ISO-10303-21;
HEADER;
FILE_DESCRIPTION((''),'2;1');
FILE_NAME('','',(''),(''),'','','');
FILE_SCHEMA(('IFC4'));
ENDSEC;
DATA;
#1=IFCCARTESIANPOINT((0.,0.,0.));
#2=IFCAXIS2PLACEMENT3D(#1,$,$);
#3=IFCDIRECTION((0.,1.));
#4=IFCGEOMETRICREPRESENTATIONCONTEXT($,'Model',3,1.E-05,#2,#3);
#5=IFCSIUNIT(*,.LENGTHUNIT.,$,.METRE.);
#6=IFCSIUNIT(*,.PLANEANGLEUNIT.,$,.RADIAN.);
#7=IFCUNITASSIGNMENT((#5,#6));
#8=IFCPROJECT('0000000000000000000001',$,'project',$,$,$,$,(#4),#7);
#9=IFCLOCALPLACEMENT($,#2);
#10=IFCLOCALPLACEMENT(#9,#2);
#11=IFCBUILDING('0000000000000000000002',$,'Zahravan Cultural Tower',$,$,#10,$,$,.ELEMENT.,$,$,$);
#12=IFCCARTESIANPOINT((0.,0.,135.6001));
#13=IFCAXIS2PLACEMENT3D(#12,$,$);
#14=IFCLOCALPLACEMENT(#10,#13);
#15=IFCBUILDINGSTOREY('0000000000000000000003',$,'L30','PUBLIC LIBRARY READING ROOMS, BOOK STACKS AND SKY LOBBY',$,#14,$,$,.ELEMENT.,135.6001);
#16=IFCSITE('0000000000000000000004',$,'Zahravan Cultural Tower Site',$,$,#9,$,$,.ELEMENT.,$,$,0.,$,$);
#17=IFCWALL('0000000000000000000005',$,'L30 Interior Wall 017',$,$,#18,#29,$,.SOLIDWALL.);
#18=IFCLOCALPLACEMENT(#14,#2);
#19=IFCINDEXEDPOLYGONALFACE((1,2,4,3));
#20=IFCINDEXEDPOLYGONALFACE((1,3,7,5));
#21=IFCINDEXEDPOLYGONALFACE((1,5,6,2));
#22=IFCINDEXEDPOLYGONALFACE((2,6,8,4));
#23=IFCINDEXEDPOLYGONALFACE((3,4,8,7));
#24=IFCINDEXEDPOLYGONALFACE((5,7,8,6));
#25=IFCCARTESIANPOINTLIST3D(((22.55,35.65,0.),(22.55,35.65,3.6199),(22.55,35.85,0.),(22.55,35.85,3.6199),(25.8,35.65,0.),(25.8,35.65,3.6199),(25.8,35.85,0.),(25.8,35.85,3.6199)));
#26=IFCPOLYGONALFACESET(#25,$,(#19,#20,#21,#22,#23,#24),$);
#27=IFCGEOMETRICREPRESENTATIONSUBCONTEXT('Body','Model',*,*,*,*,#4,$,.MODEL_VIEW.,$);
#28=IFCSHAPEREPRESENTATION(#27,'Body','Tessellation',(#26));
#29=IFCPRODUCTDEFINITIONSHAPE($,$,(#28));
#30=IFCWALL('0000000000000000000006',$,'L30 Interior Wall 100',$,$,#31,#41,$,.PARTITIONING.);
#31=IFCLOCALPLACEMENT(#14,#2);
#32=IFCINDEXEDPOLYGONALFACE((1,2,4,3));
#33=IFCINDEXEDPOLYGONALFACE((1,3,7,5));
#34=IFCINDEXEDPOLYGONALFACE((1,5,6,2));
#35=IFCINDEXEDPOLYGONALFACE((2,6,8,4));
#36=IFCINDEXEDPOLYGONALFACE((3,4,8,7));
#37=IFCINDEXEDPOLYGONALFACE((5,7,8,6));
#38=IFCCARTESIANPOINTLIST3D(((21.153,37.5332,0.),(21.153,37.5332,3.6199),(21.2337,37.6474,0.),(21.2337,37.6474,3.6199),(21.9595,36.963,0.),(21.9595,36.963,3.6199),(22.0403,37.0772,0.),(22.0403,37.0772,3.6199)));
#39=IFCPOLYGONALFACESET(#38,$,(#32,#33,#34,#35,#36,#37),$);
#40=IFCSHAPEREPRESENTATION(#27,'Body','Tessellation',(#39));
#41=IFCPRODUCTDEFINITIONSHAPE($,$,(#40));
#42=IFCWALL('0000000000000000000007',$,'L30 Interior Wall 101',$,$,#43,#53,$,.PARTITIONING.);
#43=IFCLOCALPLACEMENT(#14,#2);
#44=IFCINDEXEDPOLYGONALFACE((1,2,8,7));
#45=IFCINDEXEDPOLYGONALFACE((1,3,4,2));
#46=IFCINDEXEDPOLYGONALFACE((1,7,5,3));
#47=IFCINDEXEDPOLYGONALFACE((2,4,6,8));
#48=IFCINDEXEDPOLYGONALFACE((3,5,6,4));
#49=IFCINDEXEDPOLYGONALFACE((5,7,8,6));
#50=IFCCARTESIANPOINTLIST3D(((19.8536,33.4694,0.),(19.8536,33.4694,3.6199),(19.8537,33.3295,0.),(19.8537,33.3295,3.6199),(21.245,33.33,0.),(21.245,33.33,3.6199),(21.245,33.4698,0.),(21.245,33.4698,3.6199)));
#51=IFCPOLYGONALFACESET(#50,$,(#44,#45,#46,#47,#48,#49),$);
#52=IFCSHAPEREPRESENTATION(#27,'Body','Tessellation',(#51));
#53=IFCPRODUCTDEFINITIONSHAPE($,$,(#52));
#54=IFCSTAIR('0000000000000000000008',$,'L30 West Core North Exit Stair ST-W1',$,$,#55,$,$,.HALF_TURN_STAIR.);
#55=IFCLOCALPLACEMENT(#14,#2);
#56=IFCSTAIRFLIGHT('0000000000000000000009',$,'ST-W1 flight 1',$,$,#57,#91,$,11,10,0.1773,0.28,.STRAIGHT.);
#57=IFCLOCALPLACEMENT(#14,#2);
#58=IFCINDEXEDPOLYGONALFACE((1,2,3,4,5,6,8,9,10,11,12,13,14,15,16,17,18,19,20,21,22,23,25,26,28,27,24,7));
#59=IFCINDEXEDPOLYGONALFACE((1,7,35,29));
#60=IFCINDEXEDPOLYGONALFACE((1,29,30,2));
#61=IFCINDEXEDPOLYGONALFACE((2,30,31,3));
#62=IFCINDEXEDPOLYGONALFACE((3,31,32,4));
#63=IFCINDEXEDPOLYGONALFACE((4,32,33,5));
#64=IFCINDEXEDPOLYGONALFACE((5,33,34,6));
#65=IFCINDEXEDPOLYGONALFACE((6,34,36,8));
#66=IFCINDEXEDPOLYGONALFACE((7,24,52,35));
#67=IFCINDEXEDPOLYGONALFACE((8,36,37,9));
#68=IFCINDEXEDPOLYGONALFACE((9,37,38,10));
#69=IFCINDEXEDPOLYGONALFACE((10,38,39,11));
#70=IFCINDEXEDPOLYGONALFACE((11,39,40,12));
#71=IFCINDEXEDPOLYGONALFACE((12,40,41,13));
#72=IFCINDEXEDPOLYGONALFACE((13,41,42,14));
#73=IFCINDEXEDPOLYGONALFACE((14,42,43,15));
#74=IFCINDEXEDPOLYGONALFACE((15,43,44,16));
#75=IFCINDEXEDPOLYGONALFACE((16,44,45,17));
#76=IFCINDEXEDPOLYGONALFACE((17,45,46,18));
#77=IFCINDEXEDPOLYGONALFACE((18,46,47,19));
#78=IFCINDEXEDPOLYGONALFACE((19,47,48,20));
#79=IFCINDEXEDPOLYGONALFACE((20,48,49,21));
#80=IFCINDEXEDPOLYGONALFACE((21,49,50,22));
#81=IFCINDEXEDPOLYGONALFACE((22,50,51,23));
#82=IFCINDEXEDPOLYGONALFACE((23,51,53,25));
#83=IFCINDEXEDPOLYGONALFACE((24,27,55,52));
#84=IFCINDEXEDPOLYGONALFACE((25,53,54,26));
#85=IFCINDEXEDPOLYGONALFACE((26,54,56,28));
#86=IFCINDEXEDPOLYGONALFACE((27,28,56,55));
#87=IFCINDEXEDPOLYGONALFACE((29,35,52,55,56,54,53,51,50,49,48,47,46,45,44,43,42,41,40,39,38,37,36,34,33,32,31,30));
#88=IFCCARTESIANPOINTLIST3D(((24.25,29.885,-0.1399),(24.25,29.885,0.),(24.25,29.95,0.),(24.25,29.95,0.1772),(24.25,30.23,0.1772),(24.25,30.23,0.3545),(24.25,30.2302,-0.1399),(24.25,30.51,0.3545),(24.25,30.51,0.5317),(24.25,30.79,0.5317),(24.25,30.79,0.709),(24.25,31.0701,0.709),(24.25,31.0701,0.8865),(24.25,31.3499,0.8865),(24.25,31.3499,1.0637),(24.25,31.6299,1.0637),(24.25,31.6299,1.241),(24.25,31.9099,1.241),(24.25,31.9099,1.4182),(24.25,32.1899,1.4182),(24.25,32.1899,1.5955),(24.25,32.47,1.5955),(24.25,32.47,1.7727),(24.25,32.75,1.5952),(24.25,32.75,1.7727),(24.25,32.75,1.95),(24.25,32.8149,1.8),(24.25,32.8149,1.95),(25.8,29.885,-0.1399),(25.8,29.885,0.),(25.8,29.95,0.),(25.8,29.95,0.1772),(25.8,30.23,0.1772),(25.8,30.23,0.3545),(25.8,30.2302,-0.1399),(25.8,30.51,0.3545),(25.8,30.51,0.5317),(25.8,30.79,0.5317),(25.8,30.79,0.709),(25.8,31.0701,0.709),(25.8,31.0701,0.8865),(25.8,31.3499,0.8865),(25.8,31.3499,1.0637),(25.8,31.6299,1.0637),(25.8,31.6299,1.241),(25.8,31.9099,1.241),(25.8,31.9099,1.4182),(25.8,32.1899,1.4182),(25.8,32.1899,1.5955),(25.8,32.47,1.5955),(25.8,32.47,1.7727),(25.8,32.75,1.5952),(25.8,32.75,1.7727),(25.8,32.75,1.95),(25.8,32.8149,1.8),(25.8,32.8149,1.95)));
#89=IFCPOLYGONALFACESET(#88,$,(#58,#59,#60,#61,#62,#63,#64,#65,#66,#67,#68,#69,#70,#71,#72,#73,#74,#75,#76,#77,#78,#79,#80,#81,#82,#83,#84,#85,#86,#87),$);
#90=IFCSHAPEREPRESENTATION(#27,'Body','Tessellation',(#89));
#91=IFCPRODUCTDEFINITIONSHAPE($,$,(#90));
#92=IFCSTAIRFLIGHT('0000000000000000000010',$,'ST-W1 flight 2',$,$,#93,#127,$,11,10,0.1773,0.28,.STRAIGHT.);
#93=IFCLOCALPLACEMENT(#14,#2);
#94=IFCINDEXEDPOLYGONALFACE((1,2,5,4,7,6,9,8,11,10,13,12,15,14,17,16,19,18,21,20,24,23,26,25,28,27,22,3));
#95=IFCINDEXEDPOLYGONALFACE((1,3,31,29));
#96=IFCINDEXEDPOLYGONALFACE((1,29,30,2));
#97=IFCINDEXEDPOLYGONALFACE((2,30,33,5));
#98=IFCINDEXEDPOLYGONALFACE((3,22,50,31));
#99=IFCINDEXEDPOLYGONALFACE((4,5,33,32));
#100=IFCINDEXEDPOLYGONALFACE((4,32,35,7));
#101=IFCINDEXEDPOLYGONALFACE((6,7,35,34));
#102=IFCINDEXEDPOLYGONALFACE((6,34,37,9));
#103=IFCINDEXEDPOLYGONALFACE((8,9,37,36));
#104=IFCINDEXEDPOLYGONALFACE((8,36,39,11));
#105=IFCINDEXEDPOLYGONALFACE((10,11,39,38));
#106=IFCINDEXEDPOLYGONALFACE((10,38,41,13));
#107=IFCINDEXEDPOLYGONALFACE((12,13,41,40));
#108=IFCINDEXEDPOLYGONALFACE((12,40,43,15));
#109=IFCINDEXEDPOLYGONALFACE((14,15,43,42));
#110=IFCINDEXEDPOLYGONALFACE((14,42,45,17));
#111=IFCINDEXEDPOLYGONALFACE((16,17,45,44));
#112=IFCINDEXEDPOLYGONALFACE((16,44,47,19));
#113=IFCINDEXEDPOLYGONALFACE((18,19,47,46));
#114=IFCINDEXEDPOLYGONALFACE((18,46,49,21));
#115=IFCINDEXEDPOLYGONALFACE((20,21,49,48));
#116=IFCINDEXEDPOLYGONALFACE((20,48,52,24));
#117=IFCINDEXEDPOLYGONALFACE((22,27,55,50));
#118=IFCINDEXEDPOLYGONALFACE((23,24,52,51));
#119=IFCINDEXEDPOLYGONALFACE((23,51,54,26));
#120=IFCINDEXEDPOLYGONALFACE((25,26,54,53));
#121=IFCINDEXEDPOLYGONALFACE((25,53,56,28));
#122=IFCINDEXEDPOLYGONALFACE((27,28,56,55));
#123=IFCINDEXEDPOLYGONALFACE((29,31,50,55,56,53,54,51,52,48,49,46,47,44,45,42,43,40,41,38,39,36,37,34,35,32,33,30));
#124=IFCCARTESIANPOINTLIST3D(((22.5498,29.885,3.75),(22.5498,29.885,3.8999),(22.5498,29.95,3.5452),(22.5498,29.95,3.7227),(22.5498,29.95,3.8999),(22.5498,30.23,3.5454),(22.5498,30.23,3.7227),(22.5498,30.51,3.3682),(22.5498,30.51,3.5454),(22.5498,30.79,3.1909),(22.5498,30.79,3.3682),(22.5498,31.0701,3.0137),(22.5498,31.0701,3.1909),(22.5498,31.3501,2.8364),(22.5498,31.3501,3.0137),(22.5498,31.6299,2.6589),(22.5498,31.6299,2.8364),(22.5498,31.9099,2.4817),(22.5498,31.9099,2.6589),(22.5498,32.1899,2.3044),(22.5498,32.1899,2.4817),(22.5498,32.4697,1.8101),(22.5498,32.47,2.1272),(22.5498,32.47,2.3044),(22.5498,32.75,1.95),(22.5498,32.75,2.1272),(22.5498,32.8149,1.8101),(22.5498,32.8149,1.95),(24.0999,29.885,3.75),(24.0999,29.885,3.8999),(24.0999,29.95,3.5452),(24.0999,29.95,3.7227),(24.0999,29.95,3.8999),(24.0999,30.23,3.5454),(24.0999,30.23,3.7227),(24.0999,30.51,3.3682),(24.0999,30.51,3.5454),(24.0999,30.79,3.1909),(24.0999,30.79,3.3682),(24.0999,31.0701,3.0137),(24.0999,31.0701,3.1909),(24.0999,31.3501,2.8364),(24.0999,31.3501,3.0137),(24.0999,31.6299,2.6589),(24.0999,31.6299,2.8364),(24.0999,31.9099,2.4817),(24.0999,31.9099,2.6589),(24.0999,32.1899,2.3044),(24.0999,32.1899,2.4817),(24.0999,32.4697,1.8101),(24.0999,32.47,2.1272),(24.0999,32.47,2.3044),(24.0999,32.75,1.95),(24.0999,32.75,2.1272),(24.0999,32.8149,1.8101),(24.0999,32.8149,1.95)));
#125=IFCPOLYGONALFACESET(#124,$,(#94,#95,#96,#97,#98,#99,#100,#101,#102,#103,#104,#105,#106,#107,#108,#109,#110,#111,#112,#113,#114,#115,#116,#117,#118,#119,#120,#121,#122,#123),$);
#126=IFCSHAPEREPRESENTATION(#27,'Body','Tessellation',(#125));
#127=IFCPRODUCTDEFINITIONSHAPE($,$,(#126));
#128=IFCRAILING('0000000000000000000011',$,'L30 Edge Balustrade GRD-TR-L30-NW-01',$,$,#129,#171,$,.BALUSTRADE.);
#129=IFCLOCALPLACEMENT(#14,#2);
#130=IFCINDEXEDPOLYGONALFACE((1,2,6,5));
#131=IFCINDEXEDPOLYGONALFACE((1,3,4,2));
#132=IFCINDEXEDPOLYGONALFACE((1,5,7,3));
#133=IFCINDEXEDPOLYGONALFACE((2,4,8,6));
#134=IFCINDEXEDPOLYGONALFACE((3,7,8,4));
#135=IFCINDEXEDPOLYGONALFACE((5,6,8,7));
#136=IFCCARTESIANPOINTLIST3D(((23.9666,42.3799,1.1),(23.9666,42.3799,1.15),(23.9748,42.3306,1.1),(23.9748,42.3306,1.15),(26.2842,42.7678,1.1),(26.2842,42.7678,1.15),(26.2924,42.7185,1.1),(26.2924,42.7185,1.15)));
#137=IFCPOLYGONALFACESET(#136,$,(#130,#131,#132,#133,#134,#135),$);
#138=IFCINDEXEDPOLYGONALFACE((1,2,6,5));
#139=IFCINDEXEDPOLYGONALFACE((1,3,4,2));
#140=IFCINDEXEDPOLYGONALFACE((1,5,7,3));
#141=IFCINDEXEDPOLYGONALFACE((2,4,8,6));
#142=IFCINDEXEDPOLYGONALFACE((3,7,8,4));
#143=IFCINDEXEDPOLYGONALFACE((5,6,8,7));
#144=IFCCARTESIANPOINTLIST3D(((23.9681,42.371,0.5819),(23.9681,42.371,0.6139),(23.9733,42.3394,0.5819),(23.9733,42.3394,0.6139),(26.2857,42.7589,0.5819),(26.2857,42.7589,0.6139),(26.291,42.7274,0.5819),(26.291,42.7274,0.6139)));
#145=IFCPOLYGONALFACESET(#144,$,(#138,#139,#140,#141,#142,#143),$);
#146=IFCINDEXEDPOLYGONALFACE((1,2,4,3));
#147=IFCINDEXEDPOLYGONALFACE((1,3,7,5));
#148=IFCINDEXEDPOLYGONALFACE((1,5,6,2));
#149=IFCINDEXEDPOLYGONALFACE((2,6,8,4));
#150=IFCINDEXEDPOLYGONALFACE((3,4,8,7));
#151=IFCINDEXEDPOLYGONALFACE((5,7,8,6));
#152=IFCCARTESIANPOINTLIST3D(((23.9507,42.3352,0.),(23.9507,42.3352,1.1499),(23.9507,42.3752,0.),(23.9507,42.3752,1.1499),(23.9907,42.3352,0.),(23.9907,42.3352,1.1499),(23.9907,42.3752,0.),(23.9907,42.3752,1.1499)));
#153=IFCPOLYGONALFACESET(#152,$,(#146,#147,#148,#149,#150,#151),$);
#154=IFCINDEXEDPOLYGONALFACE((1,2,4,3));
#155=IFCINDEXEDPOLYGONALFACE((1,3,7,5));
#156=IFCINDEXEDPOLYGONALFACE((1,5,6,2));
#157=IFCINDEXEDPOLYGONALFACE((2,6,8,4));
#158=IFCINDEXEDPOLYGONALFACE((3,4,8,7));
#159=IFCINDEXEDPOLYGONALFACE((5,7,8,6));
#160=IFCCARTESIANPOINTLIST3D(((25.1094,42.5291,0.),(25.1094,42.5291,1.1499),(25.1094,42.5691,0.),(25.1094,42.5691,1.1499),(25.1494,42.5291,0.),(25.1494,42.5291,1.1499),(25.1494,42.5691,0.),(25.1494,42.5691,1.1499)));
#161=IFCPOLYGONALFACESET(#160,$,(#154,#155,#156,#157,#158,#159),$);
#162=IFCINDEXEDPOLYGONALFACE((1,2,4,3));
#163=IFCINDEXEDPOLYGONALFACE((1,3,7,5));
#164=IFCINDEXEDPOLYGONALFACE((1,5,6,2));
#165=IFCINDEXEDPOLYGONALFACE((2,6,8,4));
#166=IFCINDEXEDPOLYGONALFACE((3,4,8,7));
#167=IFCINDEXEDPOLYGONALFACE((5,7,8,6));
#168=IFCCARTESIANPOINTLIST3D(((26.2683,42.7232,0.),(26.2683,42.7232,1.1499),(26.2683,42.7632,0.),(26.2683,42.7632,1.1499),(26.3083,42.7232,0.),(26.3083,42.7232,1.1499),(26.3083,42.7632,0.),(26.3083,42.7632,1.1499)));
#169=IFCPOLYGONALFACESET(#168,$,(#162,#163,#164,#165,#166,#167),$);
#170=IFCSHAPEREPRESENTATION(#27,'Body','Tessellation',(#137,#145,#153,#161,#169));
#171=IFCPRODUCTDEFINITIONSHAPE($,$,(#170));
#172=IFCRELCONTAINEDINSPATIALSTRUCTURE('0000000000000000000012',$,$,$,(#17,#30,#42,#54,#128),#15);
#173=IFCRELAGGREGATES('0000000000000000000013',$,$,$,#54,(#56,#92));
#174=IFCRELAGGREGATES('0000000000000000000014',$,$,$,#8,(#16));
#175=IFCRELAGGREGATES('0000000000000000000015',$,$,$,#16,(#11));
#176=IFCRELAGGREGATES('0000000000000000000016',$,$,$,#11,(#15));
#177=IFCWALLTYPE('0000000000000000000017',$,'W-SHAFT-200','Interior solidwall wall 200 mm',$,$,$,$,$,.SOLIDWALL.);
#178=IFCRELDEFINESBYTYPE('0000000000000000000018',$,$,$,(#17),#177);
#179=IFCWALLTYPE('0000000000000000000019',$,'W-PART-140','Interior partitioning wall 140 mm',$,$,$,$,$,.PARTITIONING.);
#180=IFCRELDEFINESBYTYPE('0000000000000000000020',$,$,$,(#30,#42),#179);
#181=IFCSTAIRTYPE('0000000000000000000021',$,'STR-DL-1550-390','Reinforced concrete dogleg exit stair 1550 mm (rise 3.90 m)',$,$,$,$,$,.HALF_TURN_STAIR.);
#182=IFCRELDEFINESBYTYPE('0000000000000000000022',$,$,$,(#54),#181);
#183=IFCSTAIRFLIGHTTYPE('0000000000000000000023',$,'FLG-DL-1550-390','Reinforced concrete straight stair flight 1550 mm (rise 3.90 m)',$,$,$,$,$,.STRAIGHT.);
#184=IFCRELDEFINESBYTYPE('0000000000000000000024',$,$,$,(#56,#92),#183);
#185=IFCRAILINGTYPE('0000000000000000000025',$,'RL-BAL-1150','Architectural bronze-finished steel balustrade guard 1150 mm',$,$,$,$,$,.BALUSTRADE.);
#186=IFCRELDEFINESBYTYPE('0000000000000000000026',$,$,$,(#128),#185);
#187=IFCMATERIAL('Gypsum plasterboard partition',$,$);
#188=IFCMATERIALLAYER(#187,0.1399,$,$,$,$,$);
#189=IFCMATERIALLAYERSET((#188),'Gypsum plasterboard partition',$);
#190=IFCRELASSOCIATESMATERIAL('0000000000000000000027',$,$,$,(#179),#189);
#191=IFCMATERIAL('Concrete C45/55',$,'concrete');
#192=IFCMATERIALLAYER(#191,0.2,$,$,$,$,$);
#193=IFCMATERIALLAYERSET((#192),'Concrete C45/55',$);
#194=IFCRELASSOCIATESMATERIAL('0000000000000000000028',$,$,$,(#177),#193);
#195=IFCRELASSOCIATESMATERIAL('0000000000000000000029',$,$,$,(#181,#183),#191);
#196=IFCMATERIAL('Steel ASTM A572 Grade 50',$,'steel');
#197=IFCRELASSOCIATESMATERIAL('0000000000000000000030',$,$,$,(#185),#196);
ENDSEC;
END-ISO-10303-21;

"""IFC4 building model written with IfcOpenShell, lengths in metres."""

from ifc_helpers import new_model, si_unit, direction, frame, frame_2d, origin, origin_2d, place, context, subcontext, project, spatial, polyline, rectangle, outline, extrude, source, transform, mapped, material, layer, layer_set, type_object, element, aggregate, save


model = new_model("IFC4")

# Units and contexts
model_context = context("Model", 3, precision=1e-05, world=origin(), true_north=direction((0.0, 1.0)))
body_context = subcontext(model_context, "Body", "Model", "MODEL_VIEW")
ifc_project = project(units=[si_unit("LENGTHUNIT", "METRE"), si_unit("PLANEANGLEUNIT", "RADIAN")], contexts=[model_context])

# Site, building, storey
site_placement = place(None, origin())
site = spatial("IfcSite", under=ifc_project, at=site_placement, Name="Zahravan Cultural Tower Site", CompositionType="ELEMENT", RefElevation=0.0)
building_placement = place(site_placement, origin())
building = spatial("IfcBuilding", under=site, at=building_placement, Name="Zahravan Cultural Tower", CompositionType="ELEMENT")
storey_placement = place(building_placement, frame((0.0, 0.0, 135.6001)))
storey = spatial("IfcBuildingStorey", under=building, at=storey_placement, Name="L30", Description="PUBLIC LIBRARY READING ROOMS, BOOK STACKS AND SKY LOBBY", CompositionType="ELEMENT", Elevation=135.6001)

# Shared definitions
ifc_material_1 = material(Name="Gypsum plasterboard partition")
ifc_layer_1 = layer(ifc_material_1, 0.1399)
ifc_layer_set_1 = layer_set([ifc_layer_1], Name="Gypsum plasterboard partition")
wall_type_1 = type_object("IfcWallType", Name="W-PART-140", Description="Interior partitioning wall 140 mm", PredefinedType="PARTITIONING", material=ifc_layer_set_1)

# Walls
ifc_material_2 = material(Name="Concrete C45/55", Category="concrete")
ifc_layer_2 = layer(ifc_material_2, 0.2)
ifc_layer_set_2 = layer_set([ifc_layer_2], Name="Concrete C45/55")
wall_type_2 = type_object("IfcWallType", Name="W-SHAFT-200", Description="Interior solidwall wall 200 mm", PredefinedType="SOLIDWALL", material=ifc_layer_set_2)
shared_shape_1 = source(origin(), body_context, "Body", "SweptSolid", [
    extrude(rectangle(XDim=3.25, YDim=0.2, at=frame_2d((1.625, 0.0))), origin(), (0.0, 0.0, 1.0), 3.6199),
])
wall_1_placement = place(storey_placement, frame((22.55, 35.75, 0.0), z_axis=(0.0, 0.0, 1.0), x_axis=(1.0, 0.0, 0.0)))
element("IfcWall", 1, at=wall_1_placement, inside=storey, type_object=wall_type_2, Name="L30 Interior Wall 017", PredefinedType="SOLIDWALL", context=body_context, shape_type="MappedRepresentation", body=[
    mapped(shared_shape_1, transform((0.0, 0.0, 0.0), x_axis=(1.0, 0.0, 0.0), y_axis=(0.0, 1.0, 0.0), z_axis=(0.0, 0.0, 1.0), scale=1.0)),
])
shared_shape_2 = source(origin(), body_context, "Body", "SweptSolid", [
    extrude(rectangle(XDim=0.9878, YDim=0.1399, at=frame_2d((0.4939, 0.0))), origin(), (0.0, 0.0, 1.0), 3.6199),
])
wall_2_placement = place(storey_placement, frame((21.1934, 37.5903, 0.0), z_axis=(0.0, 0.0, 1.0), x_axis=(0.816529, -0.577304, 0.0)))
element("IfcWall", 2, at=wall_2_placement, inside=storey, type_object=wall_type_1, Name="L30 Interior Wall 100", PredefinedType="PARTITIONING", context=body_context, shape_type="MappedRepresentation", body=[
    mapped(shared_shape_2, transform((0.0, 0.0, 0.0), x_axis=(1.0, 0.0, 0.0), y_axis=(0.0, 1.0, 0.0), z_axis=(0.0, 0.0, 1.0), scale=1.0)),
])
shared_shape_3 = source(origin(), body_context, "Body", "SweptSolid", [
    extrude(rectangle(XDim=1.3914, YDim=0.1399, at=frame_2d((0.6958, 0.0))), origin(), (0.0, 0.0, 1.0), 3.6199),
])
wall_3_placement = place(storey_placement, frame((21.2451, 33.3999, 0.0), z_axis=(0.0, 0.0, 1.0), x_axis=(-1.0, -0.000351, 0.0)))
element("IfcWall", 3, at=wall_3_placement, inside=storey, type_object=wall_type_1, Name="L30 Interior Wall 101", PredefinedType="PARTITIONING", context=body_context, shape_type="MappedRepresentation", body=[
    mapped(shared_shape_3, transform((0.0, 0.0, 0.0), x_axis=(1.0, 0.0, 0.0), y_axis=(0.0, 1.0, 0.0), z_axis=(0.0, 0.0, 1.0), scale=1.0)),
])

# Stair, stair flights
stair_type = type_object("IfcStairType", Name="STR-DL-1550-390", Description="Reinforced concrete dogleg exit stair 1550 mm (rise 3.90 m)", PredefinedType="HALF_TURN_STAIR", material=ifc_material_2)
stair_placement = place(storey_placement, origin())
stair = element("IfcStair", 4, at=stair_placement, inside=storey, type_object=stair_type, Name="L30 West Core North Exit Stair ST-W1", PredefinedType="HALF_TURN_STAIR")
stair_flight_type = type_object("IfcStairFlightType", Name="FLG-DL-1550-390", Description="Reinforced concrete straight stair flight 1550 mm (rise 3.90 m)", PredefinedType="STRAIGHT", material=ifc_material_2)
stair_flight_1_placement = place(storey_placement, frame((25.0249, 29.95, 0.0), z_axis=(0.0, 0.0, 1.0), x_axis=(0.0, 1.0, 0.0)))
stair_flight_1 = element("IfcStairFlight", 5, at=stair_flight_1_placement, type_object=stair_flight_type, Name="ST-W1 flight 1", NumberOfRisers=11, NumberOfTreads=10, PredefinedType="STRAIGHT", RiserHeight=0.1773, TreadLength=0.28, context=body_context, shape_type="SweptSolid", body=[
    extrude(outline(polyline([(-0.0649, -0.1399), (-0.0649, 0.0), (0.0, 0.0), (0.0, 0.1772), (0.28, 0.1772), (0.28, 0.3545), (0.5601, 0.3545), (0.5601, 0.5317), (0.8401, 0.5317), (0.8401, 0.709), (1.1201, 0.709), (1.1201, 0.8865), (1.3999, 0.8865), (1.3999, 1.0637), (1.6799, 1.0637), (1.6799, 1.241), (1.96, 1.241), (1.96, 1.4182), (2.24, 1.4182), (2.24, 1.5955), (2.52, 1.5955), (2.52, 1.7727), (2.8, 1.7727), (2.8, 1.95), (2.865, 1.95), (2.865, 1.8), (2.8, 1.5952), (0.2803, -0.1399), (-0.0649, -0.1399)])), frame((0.0, 0.7749, 0.0), z_axis=(0.0, -1.0, 0.0), x_axis=(1.0, 0.0, 0.0)), (0.0, 0.0, 1.0), 1.55),
])
stair_flight_2_placement = place(storey_placement, frame((23.325, 32.75, 1.95), z_axis=(0.0, 0.0, 1.0), x_axis=(0.0, -1.0, 0.0)))
stair_flight_2 = element("IfcStairFlight", 6, at=stair_flight_2_placement, type_object=stair_flight_type, Name="ST-W1 flight 2", NumberOfRisers=11, NumberOfTreads=10, PredefinedType="STRAIGHT", RiserHeight=0.1773, TreadLength=0.28, context=body_context, shape_type="SweptSolid", body=[
    extrude(outline(polyline([(-0.0649, -0.1399), (-0.0649, 0.0), (0.0, 0.0), (0.0, 0.1772), (0.28, 0.1772), (0.28, 0.3545), (0.5601, 0.3545), (0.5601, 0.5317), (0.8401, 0.5317), (0.8401, 0.709), (1.1201, 0.709), (1.1201, 0.8865), (1.3999, 0.8865), (1.3999, 1.0637), (1.6799, 1.0637), (1.6799, 1.241), (1.96, 1.241), (1.96, 1.4182), (2.24, 1.4182), (2.24, 1.5955), (2.52, 1.5955), (2.52, 1.7727), (2.8, 1.7727), (2.8, 1.95), (2.865, 1.95), (2.865, 1.8), (2.8, 1.5952), (0.2803, -0.1399), (-0.0649, -0.1399)])), frame((0.0, 0.7749, 0.0), z_axis=(0.0, -1.0, 0.0), x_axis=(1.0, 0.0, 0.0)), (0.0, 0.0, 1.0), 1.55),
])
aggregate(stair, [stair_flight_1, stair_flight_2])

# Railing
ifc_material_3 = material(Name="Steel ASTM A572 Grade 50", Category="steel")
railing_type_1 = type_object("IfcRailingType", Name="RL-BAL-1150", Description="Architectural bronze-finished steel balustrade guard 1150 mm", PredefinedType="BALUSTRADE", material=ifc_material_3)
railing_1_placement = place(storey_placement, frame((23.9707, 42.3552, 0.0)))
element("IfcRailing", 7, at=railing_1_placement, inside=storey, type_object=railing_type_1, Name="L30 Edge Balustrade GRD-TR-L30-NW-01", PredefinedType="BALUSTRADE", context=body_context, shape_type="SweptSolid", body=[
    extrude(rectangle(XDim=0.05, YDim=0.05, at=origin_2d()), frame((0.0, 0.0, 1.125), z_axis=(0.986279, 0.16509, 0.0), x_axis=(-0.16509, 0.986279, 0.0)), (0.0, 0.0, 1.0), 2.3499),
    extrude(rectangle(XDim=0.032, YDim=0.032, at=origin_2d()), frame((0.0, 0.0, 0.5979), z_axis=(0.986279, 0.16509, 0.0), x_axis=(-0.16509, 0.986279, 0.0)), (0.0, 0.0, 1.0), 2.3499),
    extrude(rectangle(XDim=0.04, YDim=0.04, at=origin_2d()), origin(), (0.0, 0.0, 1.0), 1.1499),
    extrude(rectangle(XDim=0.04, YDim=0.04, at=origin_2d()), frame((1.1587, 0.1938, 0.0)), (0.0, 0.0, 1.0), 1.1499),
    extrude(rectangle(XDim=0.04, YDim=0.04, at=origin_2d()), frame((2.3176, 0.3879, 0.0)), (0.0, 0.0, 1.0), 1.1499),
])

save(model, "model.ifc")
